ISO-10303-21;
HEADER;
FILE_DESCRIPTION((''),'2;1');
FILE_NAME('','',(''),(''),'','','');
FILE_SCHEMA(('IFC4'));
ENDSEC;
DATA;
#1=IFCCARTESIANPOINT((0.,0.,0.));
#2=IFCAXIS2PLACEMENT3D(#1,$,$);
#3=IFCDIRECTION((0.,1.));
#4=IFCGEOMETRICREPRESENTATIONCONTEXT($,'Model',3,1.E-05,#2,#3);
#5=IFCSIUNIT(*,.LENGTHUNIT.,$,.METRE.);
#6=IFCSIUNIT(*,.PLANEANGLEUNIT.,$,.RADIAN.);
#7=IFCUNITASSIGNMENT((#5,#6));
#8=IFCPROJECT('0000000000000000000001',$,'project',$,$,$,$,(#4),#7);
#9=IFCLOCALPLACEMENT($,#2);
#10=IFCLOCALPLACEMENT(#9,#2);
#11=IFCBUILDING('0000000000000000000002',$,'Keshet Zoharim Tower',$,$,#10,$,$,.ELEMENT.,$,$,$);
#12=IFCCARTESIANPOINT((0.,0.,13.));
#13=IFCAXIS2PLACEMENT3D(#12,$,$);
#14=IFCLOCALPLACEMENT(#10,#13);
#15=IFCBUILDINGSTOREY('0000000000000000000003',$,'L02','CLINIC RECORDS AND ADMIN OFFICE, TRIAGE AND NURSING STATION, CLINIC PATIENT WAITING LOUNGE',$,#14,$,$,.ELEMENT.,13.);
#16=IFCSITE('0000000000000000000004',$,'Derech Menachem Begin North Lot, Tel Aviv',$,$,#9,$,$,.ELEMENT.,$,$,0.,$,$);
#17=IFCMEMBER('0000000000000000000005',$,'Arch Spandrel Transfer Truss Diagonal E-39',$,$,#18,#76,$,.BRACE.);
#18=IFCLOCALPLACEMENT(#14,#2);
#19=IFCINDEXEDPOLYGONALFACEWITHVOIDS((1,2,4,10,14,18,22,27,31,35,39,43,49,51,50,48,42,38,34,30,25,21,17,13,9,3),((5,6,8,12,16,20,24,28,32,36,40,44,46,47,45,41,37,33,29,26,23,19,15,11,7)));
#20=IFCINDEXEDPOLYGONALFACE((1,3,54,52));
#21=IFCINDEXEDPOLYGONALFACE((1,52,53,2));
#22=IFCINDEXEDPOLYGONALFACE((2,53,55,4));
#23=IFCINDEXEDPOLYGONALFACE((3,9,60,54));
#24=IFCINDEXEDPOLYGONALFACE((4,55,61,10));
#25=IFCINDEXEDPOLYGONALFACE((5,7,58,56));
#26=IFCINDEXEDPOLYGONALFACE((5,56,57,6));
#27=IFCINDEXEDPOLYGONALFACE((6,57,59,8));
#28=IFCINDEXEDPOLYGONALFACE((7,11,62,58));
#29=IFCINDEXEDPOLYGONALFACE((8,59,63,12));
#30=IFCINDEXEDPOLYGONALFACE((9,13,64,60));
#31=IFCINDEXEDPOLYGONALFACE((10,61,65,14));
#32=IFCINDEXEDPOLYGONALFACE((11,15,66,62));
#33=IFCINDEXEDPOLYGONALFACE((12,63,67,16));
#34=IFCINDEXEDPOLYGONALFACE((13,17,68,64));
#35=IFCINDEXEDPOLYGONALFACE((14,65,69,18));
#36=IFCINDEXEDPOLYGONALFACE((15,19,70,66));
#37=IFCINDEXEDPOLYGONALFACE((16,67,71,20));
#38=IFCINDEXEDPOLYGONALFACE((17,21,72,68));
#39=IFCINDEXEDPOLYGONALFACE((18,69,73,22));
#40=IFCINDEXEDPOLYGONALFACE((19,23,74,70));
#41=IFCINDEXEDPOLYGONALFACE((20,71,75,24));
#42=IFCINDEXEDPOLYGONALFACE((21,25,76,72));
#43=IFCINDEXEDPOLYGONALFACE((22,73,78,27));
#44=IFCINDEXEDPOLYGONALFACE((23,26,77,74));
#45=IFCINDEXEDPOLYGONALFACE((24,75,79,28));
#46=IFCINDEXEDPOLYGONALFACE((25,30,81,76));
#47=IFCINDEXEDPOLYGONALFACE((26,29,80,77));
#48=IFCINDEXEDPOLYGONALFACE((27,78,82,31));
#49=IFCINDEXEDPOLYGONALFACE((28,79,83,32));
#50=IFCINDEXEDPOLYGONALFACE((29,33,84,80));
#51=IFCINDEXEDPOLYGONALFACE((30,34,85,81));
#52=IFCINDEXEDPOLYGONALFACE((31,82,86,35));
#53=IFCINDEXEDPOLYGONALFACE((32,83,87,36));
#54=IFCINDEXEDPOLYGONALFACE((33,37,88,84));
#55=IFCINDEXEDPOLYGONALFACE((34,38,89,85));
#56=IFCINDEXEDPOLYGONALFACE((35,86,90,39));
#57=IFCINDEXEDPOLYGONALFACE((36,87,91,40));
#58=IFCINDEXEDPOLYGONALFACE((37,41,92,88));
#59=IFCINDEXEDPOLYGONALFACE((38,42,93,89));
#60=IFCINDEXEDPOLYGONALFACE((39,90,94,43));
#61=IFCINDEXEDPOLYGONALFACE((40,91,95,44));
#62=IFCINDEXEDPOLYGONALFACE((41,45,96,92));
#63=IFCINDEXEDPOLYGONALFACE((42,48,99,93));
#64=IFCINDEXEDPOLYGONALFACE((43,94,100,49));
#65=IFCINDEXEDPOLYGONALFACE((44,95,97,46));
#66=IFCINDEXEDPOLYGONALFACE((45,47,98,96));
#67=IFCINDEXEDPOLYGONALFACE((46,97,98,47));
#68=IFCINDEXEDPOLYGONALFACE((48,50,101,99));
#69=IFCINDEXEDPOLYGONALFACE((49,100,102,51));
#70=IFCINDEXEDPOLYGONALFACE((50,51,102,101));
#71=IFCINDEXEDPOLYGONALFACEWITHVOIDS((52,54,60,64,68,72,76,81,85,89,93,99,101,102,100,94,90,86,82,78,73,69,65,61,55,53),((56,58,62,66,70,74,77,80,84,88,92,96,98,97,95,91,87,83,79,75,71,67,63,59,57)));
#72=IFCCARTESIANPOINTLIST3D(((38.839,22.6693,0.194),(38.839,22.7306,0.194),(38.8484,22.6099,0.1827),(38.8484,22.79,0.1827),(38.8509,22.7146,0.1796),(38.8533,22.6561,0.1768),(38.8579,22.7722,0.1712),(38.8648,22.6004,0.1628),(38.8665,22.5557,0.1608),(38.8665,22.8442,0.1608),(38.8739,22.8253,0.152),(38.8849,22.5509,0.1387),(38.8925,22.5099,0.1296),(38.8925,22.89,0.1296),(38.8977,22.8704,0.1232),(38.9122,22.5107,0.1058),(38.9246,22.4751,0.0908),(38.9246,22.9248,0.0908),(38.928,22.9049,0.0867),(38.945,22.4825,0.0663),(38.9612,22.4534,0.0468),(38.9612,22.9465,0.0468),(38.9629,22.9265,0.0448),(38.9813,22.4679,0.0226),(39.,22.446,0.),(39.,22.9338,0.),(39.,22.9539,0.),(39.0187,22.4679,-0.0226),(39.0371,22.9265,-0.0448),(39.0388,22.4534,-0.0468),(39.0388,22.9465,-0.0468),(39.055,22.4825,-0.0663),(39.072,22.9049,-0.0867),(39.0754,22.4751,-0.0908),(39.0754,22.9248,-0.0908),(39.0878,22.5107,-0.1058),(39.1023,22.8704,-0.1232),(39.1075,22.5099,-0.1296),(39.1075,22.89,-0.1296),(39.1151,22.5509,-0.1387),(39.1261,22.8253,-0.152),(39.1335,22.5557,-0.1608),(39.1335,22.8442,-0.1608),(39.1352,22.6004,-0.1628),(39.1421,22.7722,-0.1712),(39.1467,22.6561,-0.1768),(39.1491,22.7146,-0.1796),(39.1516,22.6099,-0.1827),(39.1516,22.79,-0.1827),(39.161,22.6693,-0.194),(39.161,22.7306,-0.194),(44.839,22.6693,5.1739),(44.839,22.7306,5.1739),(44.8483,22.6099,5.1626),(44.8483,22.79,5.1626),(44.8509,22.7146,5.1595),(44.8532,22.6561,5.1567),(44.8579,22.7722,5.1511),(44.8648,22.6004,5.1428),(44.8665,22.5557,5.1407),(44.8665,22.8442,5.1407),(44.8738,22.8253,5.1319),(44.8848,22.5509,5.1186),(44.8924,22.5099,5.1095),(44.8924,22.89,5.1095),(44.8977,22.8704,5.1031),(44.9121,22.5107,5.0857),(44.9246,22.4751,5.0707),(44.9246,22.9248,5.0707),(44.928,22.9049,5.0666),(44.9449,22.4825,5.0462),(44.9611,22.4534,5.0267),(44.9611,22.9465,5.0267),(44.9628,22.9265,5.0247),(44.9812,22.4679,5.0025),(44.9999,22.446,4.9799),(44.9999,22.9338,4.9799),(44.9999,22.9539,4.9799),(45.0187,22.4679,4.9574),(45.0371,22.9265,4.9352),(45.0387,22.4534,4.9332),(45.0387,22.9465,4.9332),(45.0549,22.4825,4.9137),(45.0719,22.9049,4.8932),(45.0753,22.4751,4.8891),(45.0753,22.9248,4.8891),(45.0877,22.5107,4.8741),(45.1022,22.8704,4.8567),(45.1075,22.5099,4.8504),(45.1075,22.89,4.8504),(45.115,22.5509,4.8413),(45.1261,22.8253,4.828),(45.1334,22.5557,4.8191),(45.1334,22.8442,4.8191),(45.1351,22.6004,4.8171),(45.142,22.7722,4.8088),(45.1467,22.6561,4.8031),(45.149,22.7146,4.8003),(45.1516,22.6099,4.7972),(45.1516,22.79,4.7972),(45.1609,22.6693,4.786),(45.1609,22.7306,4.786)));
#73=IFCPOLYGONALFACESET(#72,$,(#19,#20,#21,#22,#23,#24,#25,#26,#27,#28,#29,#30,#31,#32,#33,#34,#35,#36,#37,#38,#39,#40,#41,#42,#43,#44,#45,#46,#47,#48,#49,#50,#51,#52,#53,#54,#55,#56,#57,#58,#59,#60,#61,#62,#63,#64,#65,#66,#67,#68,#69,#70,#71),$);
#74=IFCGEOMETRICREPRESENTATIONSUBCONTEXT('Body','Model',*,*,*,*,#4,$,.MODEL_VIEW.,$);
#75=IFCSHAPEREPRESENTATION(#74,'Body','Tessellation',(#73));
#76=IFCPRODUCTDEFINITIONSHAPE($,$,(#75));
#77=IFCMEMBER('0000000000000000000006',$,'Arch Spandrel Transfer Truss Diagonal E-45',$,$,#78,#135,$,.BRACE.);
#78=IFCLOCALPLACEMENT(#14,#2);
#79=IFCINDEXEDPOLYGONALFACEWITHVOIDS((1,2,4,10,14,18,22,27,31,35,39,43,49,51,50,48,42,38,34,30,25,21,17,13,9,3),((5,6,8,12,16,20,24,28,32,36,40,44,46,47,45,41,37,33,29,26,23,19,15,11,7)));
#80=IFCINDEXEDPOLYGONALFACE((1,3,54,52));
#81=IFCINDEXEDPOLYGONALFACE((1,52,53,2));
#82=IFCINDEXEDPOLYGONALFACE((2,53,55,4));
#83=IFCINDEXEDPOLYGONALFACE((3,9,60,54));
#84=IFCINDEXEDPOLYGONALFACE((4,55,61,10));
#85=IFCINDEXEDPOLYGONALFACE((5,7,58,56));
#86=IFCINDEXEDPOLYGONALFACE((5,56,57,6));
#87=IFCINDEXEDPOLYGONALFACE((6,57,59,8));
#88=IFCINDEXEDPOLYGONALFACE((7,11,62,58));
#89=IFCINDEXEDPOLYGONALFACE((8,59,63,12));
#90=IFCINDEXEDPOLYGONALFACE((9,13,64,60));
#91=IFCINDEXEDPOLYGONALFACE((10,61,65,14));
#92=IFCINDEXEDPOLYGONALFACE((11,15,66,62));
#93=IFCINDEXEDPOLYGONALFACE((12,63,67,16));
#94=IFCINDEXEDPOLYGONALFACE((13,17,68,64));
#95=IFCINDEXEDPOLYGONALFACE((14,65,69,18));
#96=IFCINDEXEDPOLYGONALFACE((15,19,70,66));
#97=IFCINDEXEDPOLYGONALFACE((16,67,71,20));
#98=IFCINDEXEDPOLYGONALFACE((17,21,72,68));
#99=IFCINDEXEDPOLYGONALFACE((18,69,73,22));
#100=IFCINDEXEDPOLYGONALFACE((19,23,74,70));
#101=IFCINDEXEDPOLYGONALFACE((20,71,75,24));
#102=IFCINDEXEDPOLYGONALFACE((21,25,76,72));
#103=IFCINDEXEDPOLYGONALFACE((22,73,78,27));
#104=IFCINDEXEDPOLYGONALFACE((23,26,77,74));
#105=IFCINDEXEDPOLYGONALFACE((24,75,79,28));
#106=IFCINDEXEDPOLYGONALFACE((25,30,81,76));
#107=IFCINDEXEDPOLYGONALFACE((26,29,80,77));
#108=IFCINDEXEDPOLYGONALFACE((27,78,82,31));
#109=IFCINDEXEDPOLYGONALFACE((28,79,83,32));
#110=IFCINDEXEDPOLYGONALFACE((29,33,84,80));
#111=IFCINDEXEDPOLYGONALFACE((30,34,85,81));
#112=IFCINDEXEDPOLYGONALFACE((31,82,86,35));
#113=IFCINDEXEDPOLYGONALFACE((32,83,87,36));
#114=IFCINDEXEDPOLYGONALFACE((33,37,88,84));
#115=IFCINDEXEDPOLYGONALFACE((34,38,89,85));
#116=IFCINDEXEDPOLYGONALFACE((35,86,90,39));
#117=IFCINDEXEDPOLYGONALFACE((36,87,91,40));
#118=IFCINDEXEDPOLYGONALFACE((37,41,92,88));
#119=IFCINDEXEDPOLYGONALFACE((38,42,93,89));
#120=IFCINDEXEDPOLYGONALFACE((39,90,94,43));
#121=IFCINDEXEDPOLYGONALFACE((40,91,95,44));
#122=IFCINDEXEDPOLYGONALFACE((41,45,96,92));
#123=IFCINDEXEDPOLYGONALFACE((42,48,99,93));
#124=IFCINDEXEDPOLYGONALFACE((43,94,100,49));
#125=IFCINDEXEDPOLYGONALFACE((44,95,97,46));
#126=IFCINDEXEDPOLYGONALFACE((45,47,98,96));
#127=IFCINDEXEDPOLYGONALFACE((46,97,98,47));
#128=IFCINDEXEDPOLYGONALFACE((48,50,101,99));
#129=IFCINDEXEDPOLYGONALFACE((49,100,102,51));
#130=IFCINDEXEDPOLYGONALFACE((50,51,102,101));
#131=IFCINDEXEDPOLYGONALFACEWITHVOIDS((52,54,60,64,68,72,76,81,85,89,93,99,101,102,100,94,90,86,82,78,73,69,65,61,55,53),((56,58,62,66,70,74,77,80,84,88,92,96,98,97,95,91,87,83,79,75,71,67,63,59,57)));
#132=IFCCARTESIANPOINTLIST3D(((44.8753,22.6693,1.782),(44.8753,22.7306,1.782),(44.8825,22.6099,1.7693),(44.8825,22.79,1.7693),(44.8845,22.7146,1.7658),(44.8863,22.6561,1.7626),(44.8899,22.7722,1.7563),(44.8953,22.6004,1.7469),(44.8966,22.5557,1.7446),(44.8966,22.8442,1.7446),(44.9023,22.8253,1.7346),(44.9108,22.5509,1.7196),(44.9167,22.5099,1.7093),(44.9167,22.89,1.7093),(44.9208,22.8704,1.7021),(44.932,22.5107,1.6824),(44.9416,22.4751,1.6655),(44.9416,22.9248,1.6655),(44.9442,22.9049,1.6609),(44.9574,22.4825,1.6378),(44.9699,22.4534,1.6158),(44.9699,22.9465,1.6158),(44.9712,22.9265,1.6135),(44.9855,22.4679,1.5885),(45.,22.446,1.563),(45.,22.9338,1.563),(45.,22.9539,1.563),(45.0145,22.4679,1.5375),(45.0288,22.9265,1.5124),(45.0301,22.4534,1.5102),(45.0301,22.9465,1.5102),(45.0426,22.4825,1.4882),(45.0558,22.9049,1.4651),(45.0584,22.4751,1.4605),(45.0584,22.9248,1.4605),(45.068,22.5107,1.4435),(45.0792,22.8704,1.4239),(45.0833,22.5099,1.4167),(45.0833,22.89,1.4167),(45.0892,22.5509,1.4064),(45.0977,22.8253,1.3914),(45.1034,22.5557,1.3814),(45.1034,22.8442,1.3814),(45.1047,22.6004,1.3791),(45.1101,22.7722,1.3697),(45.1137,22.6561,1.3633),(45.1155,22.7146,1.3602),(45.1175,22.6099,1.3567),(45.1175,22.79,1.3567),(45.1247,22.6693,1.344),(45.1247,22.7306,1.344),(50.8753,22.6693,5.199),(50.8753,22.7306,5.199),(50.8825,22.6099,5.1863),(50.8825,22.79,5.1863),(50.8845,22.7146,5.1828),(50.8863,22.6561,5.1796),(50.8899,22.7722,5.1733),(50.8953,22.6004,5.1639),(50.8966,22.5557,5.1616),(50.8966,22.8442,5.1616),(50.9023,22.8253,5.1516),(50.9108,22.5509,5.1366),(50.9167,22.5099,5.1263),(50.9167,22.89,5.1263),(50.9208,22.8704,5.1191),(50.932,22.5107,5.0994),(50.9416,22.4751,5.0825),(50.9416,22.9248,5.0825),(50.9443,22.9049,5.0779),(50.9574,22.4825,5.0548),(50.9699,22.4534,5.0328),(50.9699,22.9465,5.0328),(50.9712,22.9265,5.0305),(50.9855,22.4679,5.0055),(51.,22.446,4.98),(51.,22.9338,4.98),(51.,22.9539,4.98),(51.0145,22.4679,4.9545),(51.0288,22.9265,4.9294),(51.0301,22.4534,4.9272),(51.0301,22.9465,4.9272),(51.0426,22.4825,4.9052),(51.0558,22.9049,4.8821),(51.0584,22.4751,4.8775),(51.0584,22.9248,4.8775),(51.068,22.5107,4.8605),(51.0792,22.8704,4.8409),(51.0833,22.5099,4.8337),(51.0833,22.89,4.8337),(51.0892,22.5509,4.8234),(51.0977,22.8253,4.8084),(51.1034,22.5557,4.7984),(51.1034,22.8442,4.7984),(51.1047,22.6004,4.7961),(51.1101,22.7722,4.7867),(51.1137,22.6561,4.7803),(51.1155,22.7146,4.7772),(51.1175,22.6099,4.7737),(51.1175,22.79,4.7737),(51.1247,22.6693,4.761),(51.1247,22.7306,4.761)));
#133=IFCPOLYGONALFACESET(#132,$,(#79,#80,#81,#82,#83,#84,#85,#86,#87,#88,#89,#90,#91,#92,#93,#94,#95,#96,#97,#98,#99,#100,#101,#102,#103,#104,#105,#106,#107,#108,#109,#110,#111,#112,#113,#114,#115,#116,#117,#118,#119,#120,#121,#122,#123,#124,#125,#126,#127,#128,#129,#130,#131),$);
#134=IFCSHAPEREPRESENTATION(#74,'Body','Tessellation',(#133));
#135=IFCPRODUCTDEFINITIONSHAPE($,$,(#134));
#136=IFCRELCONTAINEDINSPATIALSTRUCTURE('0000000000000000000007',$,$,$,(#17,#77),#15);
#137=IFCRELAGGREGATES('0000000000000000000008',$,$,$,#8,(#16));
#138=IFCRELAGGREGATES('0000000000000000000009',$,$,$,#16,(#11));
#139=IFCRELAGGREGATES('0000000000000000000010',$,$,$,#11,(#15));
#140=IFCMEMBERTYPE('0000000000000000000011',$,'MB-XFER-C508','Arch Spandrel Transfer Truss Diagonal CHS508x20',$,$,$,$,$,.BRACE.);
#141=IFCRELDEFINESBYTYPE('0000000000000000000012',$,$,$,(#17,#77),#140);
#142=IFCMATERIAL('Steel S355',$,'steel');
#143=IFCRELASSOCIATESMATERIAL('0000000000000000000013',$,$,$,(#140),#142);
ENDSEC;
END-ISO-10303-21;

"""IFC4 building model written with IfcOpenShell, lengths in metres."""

from ifc_helpers import new_model, si_unit, direction, frame, origin, origin_2d, place, context, subcontext, project, spatial, hollow_circle, extrude, material, material_profile, profile_set, type_object, element, save


model = new_model("IFC4")

# Units and contexts
model_context = context("Model", 3, precision=1e-05, world=origin(), true_north=direction((0.0, 1.0)))
body_context = subcontext(model_context, "Body", "Model", "MODEL_VIEW")
ifc_project = project(units=[si_unit("LENGTHUNIT", "METRE"), si_unit("PLANEANGLEUNIT", "RADIAN")], contexts=[model_context])

# Site, building, storey
site_placement = place(None, origin())
site = spatial("IfcSite", under=ifc_project, at=site_placement, Name="Derech Menachem Begin North Lot, Tel Aviv", CompositionType="ELEMENT", RefElevation=0.0)
building_placement = place(site_placement, origin())
building = spatial("IfcBuilding", under=site, at=building_placement, Name="Keshet Zoharim Tower", CompositionType="ELEMENT")
storey_placement = place(building_placement, frame((0.0, 0.0, 13.0)))
storey = spatial("IfcBuildingStorey", under=building, at=storey_placement, Name="L02", Description="CLINIC RECORDS AND ADMIN OFFICE, TRIAGE AND NURSING STATION, CLINIC PATIENT WAITING LOUNGE", CompositionType="ELEMENT", Elevation=13.0)

# Shared definitions
ifc_material_1 = material(Name="Steel S355", Category="steel")

# Members
ifc_material_profile_1 = material_profile(ifc_material_1, hollow_circle(Radius=0.2539, WallThickness=0.02, at=origin_2d()), Name="CHS508x20")
ifc_profile_set_1 = profile_set([ifc_material_profile_1], Name="Steel S355")
member_type = type_object("IfcMemberType", Name="MB-XFER-C508", Description="Arch Spandrel Transfer Truss Diagonal CHS508x20", PredefinedType="BRACE", material=ifc_profile_set_1)
member_1_placement = place(storey_placement, frame((39.0, 22.7, 0.0), z_axis=(0.769482, 0.0, 0.638668), x_axis=(0.0, 1.0, 0.0)))
element("IfcMember", 1, at=member_1_placement, inside=storey, type_object=member_type, Name="Arch Spandrel Transfer Truss Diagonal E-39", PredefinedType="BRACE", context=body_context, shape_type="SweptSolid", body=[
    extrude(hollow_circle(Radius=0.2539, WallThickness=0.02, at=origin_2d()), origin(), (0.0, 0.0, 1.0), 7.7974),
])
member_2_placement = place(storey_placement, frame((45.0, 22.7, 1.563), z_axis=(0.868965, 0.0, 0.494874), x_axis=(0.0, 1.0, 0.0)))
element("IfcMember", 2, at=member_2_placement, inside=storey, type_object=member_type, Name="Arch Spandrel Transfer Truss Diagonal E-45", PredefinedType="BRACE", context=body_context, shape_type="SweptSolid", body=[
    extrude(hollow_circle(Radius=0.2539, WallThickness=0.02, at=origin_2d()), origin(), (0.0, 0.0, 1.0), 6.9048),
])

save(model, "model.ifc")
